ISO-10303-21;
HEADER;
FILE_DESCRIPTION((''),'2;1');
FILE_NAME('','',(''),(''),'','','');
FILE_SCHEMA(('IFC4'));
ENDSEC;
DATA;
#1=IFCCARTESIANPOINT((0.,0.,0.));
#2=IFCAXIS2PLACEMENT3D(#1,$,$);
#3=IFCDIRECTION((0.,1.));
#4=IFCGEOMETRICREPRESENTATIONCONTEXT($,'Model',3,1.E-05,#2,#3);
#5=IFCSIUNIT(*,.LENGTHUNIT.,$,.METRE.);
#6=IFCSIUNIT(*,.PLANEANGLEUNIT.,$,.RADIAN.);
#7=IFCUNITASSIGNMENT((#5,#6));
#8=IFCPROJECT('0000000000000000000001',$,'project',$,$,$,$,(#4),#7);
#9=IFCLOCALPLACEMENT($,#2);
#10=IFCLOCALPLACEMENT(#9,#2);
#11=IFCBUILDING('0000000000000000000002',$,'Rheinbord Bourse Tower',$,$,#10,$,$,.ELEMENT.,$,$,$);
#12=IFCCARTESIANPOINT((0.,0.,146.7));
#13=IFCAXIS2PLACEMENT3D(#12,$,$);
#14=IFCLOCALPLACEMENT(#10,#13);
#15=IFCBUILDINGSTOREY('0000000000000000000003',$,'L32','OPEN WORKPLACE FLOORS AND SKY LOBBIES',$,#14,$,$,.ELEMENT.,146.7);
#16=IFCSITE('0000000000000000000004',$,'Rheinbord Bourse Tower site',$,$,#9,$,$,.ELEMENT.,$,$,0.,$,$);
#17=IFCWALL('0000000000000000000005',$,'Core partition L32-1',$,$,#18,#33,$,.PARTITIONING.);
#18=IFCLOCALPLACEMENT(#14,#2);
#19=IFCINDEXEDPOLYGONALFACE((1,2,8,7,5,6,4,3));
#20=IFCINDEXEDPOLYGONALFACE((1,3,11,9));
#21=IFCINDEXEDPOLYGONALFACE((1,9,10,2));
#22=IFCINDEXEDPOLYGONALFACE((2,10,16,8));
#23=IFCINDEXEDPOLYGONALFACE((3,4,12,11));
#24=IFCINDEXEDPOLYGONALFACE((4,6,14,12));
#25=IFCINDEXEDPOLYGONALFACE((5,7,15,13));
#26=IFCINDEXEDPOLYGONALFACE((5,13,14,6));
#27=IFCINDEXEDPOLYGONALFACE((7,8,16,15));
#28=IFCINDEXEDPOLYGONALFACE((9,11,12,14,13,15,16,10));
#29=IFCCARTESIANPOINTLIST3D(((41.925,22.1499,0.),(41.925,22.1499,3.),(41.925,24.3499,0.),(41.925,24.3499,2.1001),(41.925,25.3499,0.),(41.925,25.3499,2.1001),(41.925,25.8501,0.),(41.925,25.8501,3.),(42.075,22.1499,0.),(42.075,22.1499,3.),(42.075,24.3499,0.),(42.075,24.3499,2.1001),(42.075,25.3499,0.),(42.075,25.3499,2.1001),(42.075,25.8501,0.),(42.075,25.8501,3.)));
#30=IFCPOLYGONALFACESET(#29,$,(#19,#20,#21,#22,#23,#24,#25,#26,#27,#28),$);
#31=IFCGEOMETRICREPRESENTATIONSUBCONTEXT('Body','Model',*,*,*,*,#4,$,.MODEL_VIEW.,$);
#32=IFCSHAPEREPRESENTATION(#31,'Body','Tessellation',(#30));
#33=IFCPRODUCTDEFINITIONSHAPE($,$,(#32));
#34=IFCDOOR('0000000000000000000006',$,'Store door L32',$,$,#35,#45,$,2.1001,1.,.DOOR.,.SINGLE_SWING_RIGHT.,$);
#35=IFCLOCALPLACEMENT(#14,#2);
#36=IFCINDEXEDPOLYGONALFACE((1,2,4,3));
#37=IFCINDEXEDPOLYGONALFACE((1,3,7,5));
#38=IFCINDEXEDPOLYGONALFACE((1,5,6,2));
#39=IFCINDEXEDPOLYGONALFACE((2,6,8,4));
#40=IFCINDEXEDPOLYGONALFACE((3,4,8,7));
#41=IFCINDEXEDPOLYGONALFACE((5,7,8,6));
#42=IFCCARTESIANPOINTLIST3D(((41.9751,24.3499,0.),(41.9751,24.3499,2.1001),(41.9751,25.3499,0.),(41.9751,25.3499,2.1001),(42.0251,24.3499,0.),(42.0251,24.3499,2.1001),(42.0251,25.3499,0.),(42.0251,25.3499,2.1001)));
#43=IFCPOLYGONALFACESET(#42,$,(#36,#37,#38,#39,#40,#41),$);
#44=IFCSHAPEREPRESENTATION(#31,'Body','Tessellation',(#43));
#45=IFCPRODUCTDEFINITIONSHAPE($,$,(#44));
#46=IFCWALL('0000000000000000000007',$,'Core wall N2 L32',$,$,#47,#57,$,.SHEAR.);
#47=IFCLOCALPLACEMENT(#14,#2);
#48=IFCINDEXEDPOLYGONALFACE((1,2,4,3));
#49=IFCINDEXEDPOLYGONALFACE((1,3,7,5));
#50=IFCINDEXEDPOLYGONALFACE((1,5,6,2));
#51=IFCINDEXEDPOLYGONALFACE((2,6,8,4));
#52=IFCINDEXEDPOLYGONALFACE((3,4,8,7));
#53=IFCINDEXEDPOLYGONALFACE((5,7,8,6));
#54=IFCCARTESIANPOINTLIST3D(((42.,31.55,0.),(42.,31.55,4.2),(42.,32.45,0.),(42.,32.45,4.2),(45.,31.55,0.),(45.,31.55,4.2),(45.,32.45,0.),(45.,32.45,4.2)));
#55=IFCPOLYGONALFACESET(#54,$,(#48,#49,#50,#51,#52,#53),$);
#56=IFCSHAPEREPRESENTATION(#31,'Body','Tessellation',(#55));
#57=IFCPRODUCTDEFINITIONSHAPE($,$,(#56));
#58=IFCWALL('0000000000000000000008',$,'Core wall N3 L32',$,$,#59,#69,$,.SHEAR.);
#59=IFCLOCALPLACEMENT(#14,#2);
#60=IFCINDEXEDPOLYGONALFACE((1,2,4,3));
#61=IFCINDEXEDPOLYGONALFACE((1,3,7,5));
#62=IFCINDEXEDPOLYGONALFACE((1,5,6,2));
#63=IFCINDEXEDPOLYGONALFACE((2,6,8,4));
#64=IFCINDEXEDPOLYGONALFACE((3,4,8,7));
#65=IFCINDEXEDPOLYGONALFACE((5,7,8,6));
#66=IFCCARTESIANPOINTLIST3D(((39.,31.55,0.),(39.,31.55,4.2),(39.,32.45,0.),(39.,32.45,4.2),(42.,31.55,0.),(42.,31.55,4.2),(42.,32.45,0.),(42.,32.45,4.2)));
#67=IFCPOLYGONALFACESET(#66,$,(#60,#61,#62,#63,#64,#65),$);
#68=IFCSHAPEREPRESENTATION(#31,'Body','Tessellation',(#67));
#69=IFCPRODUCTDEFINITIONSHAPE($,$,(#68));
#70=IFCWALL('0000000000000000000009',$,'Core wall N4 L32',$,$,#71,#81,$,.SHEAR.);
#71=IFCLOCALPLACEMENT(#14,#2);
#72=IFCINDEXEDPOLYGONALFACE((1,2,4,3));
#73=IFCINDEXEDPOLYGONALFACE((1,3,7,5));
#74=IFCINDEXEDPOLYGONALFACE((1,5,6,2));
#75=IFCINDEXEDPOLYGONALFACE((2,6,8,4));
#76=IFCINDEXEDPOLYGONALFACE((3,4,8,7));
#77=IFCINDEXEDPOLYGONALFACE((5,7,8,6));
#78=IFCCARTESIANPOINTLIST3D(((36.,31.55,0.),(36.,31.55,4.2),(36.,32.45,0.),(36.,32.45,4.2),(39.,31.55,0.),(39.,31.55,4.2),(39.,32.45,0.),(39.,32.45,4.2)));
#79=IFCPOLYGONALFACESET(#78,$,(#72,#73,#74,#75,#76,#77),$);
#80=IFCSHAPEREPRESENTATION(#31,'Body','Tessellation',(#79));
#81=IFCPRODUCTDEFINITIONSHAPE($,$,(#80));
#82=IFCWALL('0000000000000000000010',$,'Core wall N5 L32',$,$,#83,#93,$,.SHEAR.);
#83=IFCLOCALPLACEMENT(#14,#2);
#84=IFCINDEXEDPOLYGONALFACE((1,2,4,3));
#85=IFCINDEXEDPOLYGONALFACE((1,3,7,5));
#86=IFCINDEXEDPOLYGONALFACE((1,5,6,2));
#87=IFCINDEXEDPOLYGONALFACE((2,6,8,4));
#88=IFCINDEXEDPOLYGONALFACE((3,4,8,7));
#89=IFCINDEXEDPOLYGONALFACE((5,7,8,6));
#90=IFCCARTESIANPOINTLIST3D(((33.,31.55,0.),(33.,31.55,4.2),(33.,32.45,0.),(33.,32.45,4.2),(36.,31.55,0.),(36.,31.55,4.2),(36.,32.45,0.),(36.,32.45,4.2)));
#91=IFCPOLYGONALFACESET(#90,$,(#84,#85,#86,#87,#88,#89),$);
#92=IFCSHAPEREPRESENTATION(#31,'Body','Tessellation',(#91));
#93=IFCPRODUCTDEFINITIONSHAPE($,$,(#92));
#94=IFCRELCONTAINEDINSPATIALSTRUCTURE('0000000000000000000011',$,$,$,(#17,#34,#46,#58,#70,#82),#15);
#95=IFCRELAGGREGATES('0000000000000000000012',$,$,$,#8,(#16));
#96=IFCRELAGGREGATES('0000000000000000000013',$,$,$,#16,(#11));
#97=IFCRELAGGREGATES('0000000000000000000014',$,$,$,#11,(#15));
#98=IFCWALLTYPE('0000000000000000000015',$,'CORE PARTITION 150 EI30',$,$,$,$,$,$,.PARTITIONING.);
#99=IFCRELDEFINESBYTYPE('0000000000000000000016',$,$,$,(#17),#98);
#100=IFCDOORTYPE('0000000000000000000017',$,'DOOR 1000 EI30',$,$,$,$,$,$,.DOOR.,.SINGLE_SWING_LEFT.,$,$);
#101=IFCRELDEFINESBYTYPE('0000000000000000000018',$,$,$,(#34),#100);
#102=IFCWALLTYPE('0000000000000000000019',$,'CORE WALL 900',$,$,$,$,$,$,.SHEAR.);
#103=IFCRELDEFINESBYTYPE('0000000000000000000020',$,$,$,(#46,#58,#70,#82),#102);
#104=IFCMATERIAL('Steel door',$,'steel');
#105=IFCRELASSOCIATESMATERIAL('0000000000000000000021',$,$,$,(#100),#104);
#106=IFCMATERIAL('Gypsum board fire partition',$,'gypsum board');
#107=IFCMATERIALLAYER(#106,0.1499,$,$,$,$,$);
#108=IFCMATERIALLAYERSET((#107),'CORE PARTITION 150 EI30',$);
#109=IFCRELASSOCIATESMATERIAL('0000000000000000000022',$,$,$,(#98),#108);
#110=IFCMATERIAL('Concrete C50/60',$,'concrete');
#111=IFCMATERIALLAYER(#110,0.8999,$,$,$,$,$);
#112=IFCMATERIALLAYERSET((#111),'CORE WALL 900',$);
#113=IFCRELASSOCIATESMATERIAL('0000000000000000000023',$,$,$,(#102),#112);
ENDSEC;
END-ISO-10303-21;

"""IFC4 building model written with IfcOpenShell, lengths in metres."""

from ifc_helpers import new_model, si_unit, direction, frame, frame_2d, origin, place, context, subcontext, project, spatial, rectangle, extrude, material, layer, layer_set, type_object, element, fill, save


model = new_model("IFC4")

# Units and contexts
model_context = context("Model", 3, precision=1e-05, world=origin(), true_north=direction((0.0, 1.0)))
body_context = subcontext(model_context, "Body", "Model", "MODEL_VIEW")
ifc_project = project(units=[si_unit("LENGTHUNIT", "METRE"), si_unit("PLANEANGLEUNIT", "RADIAN")], contexts=[model_context])

# Site, building, storey
site_placement = place(None, origin())
site = spatial("IfcSite", under=ifc_project, at=site_placement, Name="Rheinbord Bourse Tower site", CompositionType="ELEMENT", RefElevation=0.0)
building_placement = place(site_placement, origin())
building = spatial("IfcBuilding", under=site, at=building_placement, Name="Rheinbord Bourse Tower", CompositionType="ELEMENT")
storey_placement = place(building_placement, frame((0.0, 0.0, 146.7)))
storey = spatial("IfcBuildingStorey", under=building, at=storey_placement, Name="L32", Description="OPEN WORKPLACE FLOORS AND SKY LOBBIES", CompositionType="ELEMENT", Elevation=146.7)

# Shared definitions
ifc_material_1 = material(Name="Steel door", Category="steel")
door_type_1 = type_object("IfcDoorType", Name="DOOR 1000 EI30", OperationType="SINGLE_SWING_LEFT", PredefinedType="DOOR", material=ifc_material_1)

# Wall, opening, door
ifc_material_2 = material(Name="Gypsum board fire partition", Category="gypsum board")
ifc_layer_1 = layer(ifc_material_2, 0.1499)
ifc_layer_set_1 = layer_set([ifc_layer_1], Name="CORE PARTITION 150 EI30")
wall_type_1 = type_object("IfcWallType", Name="CORE PARTITION 150 EI30", PredefinedType="PARTITIONING", material=ifc_layer_set_1)
wall_1_placement = place(storey_placement, frame((42.0, 22.1499, 0.0), z_axis=(0.0, 0.0, 1.0), x_axis=(0.0, 1.0, 0.0)))
wall_1 = element("IfcWall", 1, at=wall_1_placement, inside=storey, type_object=wall_type_1, Name="Core partition L32-1", PredefinedType="PARTITIONING", context=body_context, shape_type="SweptSolid", body=[
    extrude(rectangle(XDim=3.7002, YDim=0.1499, at=frame_2d((1.8501, 0.0))), origin(), (0.0, 0.0, 1.0), 3.0),
])
opening_1_placement = place(wall_1_placement, frame((2.2, 0.0, 0.0)))
opening_1 = element("IfcOpeningElement", 2, at=opening_1_placement, cuts=wall_1, PredefinedType="OPENING", context=body_context, shape_type="SweptSolid", body=[
    extrude(rectangle(XDim=1.0, YDim=2.1001, at=frame_2d((0.5, 1.05))), frame((0.0, 0.085, 0.0), z_axis=(0.0, -1.0, 0.0), x_axis=(1.0, 0.0, 0.0)), (0.0, 0.0, 1.0), 0.1699),
])
door_1_placement = place(opening_1_placement, origin())
door_1 = element("IfcDoor", 3, at=door_1_placement, inside=storey, type_object=door_type_1, Name="Store door L32", OperationType="SINGLE_SWING_RIGHT", OverallHeight=2.1001, OverallWidth=1.0, PredefinedType="DOOR", context=body_context, shape_type="SweptSolid", body=[
    extrude(rectangle(XDim=1.0, YDim=2.1001, at=frame_2d((0.5, 1.05))), frame((0.0, 0.0249, 0.0), z_axis=(0.0, -1.0, 0.0), x_axis=(1.0, 0.0, 0.0)), (0.0, 0.0, 1.0), 0.05),
])
fill(opening_1, door_1)

# Walls
ifc_material_3 = material(Name="Concrete C50/60", Category="concrete")
ifc_layer_2 = layer(ifc_material_3, 0.8999)
ifc_layer_set_2 = layer_set([ifc_layer_2], Name="CORE WALL 900")
wall_type_2 = type_object("IfcWallType", Name="CORE WALL 900", PredefinedType="SHEAR", material=ifc_layer_set_2)
for number, where, z_axis, x_axis, name in (
    (4, (45.0, 32.0, 0.0), (0.0, 0.0, 1.0), (-1.0, 0.0, 0.0), "Core wall N2 L32"),
    (5, (42.0, 32.0, 0.0), (0.0, 0.0, 1.0), (-1.0, 0.0, 0.0), "Core wall N3 L32"),
    (6, (39.0, 32.0, 0.0), (0.0, 0.0, 1.0), (-1.0, 0.0, 0.0), "Core wall N4 L32"),
    (7, (36.0, 32.0, 0.0), (0.0, 0.0, 1.0), (-1.0, 0.0, 0.0), "Core wall N5 L32"),
):
    element("IfcWall", number, at=place(storey_placement, frame(where, z_axis=z_axis, x_axis=x_axis)), inside=storey, type_object=wall_type_2, Name=name, PredefinedType="SHEAR", context=body_context, shape_type="SweptSolid", body=[
        extrude(rectangle(XDim=3.0, YDim=0.8999, at=frame_2d((1.5, 0.0))), origin(), (0.0, 0.0, 1.0), 4.2),
    ])

save(model, "model.ifc")
